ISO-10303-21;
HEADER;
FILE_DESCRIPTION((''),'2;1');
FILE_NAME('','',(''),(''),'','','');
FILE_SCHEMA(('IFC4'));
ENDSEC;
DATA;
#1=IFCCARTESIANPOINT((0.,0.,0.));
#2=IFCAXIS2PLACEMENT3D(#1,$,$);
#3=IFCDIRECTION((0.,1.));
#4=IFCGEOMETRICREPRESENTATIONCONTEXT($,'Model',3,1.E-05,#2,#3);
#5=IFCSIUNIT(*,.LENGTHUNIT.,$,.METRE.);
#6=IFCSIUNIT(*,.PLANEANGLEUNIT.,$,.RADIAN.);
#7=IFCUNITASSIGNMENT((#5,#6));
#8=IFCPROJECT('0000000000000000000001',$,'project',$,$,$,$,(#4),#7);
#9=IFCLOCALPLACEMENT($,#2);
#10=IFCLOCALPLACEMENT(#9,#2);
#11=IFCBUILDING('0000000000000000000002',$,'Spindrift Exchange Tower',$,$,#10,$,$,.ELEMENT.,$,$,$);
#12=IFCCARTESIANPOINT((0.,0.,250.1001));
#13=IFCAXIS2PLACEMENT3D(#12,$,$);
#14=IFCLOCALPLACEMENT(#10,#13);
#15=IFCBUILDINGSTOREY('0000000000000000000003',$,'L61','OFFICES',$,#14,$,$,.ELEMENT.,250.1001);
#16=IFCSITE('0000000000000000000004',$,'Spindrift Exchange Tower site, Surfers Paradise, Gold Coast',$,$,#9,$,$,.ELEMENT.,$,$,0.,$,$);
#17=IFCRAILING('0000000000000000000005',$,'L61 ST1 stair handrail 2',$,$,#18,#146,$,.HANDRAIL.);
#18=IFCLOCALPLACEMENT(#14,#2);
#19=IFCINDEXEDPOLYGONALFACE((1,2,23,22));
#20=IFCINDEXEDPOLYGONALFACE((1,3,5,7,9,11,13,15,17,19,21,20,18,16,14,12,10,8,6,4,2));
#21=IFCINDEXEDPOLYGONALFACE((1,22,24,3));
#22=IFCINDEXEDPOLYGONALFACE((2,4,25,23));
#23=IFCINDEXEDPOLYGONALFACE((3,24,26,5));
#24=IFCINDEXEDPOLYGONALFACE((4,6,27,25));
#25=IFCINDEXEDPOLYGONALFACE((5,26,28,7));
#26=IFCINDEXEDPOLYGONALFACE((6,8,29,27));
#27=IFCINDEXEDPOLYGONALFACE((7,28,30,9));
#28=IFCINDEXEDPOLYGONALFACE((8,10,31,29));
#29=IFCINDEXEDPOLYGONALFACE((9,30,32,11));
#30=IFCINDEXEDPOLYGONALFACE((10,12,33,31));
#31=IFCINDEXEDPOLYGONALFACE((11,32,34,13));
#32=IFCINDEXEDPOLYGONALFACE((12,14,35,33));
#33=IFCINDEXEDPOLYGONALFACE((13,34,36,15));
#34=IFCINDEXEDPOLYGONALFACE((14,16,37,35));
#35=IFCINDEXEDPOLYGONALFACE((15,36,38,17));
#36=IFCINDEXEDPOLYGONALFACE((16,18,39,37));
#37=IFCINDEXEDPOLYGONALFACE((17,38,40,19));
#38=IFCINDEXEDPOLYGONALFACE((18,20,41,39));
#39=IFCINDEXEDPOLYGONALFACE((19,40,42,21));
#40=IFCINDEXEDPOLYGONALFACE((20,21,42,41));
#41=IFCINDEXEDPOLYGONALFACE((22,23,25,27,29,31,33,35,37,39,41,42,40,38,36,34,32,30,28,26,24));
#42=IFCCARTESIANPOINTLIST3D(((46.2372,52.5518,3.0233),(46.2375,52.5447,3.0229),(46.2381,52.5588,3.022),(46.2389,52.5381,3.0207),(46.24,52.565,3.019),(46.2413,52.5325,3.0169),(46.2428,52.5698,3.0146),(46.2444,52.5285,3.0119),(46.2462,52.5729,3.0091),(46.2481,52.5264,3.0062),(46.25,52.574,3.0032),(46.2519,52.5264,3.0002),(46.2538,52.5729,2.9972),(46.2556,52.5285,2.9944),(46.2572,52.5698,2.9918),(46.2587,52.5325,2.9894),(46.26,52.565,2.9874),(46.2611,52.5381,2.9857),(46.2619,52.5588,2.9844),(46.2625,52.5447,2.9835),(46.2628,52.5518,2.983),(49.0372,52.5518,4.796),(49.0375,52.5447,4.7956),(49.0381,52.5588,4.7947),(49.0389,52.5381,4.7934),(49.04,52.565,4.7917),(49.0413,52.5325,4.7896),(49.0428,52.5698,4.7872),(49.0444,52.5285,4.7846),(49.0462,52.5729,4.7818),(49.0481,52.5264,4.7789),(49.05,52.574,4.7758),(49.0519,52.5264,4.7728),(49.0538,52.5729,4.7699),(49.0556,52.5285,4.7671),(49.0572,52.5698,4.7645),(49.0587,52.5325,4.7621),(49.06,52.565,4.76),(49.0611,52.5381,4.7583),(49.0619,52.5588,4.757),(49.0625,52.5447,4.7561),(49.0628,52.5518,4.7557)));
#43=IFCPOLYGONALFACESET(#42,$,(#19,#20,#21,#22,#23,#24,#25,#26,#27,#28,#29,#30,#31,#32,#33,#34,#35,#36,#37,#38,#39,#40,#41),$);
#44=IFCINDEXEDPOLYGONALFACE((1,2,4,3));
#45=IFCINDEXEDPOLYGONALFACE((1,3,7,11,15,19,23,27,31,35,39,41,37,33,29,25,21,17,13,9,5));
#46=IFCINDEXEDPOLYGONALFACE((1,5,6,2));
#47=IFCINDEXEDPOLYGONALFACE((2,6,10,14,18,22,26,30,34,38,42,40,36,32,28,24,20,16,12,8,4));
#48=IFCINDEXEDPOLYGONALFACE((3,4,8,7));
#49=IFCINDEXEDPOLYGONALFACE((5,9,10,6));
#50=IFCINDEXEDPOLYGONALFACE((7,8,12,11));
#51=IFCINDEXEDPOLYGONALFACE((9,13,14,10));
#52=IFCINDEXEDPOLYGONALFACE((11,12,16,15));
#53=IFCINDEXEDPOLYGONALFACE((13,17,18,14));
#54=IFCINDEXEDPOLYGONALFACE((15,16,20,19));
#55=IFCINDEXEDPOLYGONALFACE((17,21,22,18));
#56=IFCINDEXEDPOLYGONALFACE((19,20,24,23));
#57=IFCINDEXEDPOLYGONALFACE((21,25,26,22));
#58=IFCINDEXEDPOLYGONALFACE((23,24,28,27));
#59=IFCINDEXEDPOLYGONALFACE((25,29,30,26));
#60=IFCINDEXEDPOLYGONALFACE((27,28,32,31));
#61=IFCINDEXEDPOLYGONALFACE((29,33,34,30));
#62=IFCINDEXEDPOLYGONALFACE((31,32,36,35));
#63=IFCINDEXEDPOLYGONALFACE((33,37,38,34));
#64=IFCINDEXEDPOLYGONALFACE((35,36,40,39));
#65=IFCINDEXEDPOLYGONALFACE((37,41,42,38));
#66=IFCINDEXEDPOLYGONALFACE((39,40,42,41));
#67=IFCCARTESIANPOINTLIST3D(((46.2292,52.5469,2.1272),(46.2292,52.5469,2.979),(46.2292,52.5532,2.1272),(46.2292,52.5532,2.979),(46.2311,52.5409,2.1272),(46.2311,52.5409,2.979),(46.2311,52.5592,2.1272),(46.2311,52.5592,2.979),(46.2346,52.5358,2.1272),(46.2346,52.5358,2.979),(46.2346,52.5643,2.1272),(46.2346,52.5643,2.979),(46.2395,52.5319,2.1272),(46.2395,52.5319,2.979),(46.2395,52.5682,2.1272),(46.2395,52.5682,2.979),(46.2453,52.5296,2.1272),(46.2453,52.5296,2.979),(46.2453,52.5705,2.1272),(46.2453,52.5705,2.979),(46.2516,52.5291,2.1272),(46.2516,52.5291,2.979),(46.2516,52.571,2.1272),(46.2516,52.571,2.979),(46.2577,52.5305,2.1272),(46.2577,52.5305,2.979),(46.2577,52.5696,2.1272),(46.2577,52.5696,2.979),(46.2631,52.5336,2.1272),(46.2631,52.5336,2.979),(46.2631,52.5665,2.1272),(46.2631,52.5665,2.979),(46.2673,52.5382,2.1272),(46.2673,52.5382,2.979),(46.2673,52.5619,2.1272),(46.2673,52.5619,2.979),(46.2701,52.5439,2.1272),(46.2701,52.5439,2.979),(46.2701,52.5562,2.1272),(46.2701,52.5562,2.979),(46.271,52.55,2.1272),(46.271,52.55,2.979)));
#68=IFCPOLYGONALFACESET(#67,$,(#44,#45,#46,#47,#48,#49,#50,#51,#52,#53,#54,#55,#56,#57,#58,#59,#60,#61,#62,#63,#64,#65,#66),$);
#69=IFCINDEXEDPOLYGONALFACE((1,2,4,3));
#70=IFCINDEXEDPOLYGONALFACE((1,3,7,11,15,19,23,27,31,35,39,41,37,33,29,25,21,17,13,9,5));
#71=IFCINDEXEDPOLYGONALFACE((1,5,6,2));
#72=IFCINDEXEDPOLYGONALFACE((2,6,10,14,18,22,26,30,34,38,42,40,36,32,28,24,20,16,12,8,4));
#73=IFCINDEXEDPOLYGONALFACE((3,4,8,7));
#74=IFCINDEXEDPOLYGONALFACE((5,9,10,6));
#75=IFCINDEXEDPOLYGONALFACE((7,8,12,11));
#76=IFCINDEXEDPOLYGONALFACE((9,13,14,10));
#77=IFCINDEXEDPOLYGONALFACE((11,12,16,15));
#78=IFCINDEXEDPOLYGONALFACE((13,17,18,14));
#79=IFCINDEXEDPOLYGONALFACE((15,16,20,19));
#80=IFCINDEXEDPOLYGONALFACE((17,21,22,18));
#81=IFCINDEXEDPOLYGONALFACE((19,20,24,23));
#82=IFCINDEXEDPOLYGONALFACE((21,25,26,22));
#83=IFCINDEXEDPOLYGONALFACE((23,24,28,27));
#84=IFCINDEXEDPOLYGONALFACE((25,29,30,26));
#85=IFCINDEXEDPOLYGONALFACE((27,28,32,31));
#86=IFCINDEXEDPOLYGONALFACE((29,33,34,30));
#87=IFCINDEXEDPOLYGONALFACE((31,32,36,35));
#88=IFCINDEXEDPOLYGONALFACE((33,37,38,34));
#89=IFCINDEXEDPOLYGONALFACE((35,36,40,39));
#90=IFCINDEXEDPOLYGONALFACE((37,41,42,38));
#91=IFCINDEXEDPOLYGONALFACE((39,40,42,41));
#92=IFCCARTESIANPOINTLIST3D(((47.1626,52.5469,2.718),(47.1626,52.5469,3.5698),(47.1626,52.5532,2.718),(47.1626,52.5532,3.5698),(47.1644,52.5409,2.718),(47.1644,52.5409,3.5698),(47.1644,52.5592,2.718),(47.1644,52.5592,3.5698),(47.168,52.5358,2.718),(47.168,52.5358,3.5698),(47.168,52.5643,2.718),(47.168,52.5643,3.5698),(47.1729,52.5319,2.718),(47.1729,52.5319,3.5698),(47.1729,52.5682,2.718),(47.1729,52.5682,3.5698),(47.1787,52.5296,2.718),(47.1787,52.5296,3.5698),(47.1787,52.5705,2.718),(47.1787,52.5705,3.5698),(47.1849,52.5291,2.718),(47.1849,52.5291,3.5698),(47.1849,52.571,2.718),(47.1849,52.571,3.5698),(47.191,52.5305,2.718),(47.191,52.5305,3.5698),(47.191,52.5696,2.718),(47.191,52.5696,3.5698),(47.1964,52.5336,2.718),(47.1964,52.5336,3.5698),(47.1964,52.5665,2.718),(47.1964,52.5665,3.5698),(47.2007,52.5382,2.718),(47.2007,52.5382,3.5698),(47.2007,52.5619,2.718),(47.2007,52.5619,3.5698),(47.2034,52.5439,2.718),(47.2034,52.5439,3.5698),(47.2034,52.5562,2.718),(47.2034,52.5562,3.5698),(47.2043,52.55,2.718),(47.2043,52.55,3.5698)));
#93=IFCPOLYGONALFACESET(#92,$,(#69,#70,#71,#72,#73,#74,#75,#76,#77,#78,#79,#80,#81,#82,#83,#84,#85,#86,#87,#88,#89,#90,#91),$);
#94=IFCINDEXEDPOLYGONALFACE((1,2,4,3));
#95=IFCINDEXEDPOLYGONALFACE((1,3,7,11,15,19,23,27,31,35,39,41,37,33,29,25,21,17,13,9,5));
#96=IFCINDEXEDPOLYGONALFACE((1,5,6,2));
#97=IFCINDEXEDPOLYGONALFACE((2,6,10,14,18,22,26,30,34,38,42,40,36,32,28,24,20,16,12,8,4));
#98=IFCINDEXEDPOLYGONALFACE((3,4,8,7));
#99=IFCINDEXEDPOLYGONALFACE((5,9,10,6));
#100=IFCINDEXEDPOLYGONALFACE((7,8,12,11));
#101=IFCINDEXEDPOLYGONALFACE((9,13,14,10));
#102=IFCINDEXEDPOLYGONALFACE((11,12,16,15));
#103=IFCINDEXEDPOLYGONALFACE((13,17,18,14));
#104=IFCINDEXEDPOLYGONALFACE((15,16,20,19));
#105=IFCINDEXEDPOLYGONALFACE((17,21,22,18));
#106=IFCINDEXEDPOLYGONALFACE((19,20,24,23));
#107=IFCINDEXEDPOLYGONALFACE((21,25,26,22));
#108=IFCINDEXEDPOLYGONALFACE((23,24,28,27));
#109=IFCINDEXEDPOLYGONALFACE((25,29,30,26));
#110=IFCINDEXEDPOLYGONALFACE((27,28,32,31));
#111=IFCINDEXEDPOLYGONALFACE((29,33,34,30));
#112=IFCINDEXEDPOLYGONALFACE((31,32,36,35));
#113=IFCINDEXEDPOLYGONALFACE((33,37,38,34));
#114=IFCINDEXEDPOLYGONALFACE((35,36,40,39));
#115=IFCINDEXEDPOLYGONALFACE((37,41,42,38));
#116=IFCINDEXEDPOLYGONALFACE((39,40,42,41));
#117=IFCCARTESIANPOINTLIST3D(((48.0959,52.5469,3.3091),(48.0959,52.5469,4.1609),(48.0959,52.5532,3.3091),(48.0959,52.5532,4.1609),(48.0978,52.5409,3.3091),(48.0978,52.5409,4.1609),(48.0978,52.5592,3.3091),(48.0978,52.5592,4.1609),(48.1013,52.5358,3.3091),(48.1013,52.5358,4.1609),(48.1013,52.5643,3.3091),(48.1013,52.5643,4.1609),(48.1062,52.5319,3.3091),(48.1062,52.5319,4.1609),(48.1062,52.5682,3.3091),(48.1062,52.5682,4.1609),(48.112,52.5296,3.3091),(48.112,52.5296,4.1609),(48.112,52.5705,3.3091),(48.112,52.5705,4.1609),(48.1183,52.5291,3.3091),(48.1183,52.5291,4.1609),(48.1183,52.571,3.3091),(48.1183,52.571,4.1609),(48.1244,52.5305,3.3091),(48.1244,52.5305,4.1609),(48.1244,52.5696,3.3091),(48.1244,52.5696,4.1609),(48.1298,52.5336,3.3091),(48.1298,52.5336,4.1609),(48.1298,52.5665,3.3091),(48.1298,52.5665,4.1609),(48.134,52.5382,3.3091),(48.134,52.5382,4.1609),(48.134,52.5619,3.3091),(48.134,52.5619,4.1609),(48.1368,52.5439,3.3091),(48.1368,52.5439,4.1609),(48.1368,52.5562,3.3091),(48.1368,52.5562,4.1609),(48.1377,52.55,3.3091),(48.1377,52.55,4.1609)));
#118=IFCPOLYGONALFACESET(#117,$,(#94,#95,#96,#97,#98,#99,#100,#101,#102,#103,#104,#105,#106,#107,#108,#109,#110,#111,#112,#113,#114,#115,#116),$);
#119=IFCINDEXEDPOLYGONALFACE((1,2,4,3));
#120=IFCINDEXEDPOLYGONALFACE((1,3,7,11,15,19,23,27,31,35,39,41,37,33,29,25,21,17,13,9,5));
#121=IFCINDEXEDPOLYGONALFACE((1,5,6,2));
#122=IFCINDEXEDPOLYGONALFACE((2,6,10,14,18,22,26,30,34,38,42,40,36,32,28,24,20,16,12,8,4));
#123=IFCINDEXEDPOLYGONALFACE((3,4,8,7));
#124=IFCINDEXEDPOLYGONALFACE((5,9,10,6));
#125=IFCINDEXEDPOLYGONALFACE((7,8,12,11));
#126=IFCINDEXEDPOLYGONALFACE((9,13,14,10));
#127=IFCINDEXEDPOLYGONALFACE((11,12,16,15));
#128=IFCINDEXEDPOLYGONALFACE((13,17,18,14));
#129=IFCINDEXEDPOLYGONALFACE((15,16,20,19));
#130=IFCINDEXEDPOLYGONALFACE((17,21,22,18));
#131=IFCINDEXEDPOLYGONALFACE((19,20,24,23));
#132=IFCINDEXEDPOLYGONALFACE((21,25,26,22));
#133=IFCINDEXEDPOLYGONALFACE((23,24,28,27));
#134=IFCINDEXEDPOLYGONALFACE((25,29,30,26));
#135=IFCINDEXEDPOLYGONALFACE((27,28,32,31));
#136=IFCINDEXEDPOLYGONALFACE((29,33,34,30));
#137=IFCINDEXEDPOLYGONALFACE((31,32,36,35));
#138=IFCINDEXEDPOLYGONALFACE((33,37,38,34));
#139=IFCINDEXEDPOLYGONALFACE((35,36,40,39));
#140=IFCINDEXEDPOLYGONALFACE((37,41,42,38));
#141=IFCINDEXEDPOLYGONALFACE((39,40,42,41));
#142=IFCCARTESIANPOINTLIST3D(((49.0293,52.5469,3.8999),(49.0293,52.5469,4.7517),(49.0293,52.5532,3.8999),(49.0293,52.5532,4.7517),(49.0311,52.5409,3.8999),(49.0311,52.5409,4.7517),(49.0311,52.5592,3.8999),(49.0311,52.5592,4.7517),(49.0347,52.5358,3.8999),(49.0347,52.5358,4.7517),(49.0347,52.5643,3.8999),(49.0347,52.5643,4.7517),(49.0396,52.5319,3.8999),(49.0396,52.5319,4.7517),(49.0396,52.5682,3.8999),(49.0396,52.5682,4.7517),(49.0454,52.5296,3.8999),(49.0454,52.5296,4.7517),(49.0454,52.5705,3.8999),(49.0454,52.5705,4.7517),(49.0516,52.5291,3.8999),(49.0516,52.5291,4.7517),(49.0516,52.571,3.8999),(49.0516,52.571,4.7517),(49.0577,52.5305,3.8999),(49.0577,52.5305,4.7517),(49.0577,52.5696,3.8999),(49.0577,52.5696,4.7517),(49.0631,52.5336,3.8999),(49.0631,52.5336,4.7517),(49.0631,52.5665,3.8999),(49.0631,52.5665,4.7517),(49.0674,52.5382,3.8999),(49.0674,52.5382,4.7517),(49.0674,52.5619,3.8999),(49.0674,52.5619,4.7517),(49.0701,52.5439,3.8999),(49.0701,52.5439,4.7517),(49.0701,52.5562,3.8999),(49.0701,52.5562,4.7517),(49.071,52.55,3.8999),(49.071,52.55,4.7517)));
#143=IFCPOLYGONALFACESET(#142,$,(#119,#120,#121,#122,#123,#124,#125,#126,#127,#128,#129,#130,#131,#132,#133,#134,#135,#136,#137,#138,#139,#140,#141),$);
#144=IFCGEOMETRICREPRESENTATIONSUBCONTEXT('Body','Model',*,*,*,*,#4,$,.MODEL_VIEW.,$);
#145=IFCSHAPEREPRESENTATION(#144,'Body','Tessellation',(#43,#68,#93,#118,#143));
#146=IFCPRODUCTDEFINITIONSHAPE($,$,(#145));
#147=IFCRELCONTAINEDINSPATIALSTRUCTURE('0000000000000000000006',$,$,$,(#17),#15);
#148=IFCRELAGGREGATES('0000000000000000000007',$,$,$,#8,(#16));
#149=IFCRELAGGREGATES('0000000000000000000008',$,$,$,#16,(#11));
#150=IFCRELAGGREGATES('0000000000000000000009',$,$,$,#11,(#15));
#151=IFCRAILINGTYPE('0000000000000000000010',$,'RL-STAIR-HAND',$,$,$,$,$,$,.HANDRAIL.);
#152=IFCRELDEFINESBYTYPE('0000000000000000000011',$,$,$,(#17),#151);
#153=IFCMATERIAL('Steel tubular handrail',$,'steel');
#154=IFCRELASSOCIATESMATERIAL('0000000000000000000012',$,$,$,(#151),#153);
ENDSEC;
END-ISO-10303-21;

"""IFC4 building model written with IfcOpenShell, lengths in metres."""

from ifc_helpers import new_model, si_unit, direction, frame, origin, origin_2d, place, context, subcontext, project, spatial, circle, extrude, material, type_object, element, save


model = new_model("IFC4")

# Units and contexts
model_context = context("Model", 3, precision=1e-05, world=origin(), true_north=direction((0.0, 1.0)))
body_context = subcontext(model_context, "Body", "Model", "MODEL_VIEW")
ifc_project = project(units=[si_unit("LENGTHUNIT", "METRE"), si_unit("PLANEANGLEUNIT", "RADIAN")], contexts=[model_context])

# Site, building, storey
site_placement = place(None, origin())
site = spatial("IfcSite", under=ifc_project, at=site_placement, Name="Spindrift Exchange Tower site, Surfers Paradise, Gold Coast", CompositionType="ELEMENT", RefElevation=0.0)
building_placement = place(site_placement, origin())
building = spatial("IfcBuilding", under=site, at=building_placement, Name="Spindrift Exchange Tower", CompositionType="ELEMENT")
storey_placement = place(building_placement, frame((0.0, 0.0, 250.1001)))
storey = spatial("IfcBuildingStorey", under=building, at=storey_placement, Name="L61", Description="OFFICES", CompositionType="ELEMENT", Elevation=250.1001)

# Railing
ifc_material_1 = material(Name="Steel tubular handrail", Category="steel")
railing_type_1 = type_object("IfcRailingType", Name="RL-STAIR-HAND", PredefinedType="HANDRAIL", material=ifc_material_1)
railing_1_placement = place(storey_placement, frame((46.25, 52.55, 2.1272)))
element("IfcRailing", 1, at=railing_1_placement, inside=storey, type_object=railing_type_1, Name="L61 ST1 stair handrail 2", PredefinedType="HANDRAIL", context=body_context, shape_type="SweptSolid", body=[
    extrude(circle(Radius=0.0239, at=origin_2d()), frame((0.0, 0.0, 0.876), z_axis=(0.844909, 0.0, 0.53491), x_axis=(0.0, 1.0, 0.0)), (0.0, 0.0, 1.0), 3.314),
    extrude(circle(Radius=0.021, at=origin_2d()), origin(), (0.0, 0.0, 1.0), 0.8518),
    extrude(circle(Radius=0.021, at=origin_2d()), frame((0.9333, 0.0, 0.5908)), (0.0, 0.0, 1.0), 0.8518),
    extrude(circle(Radius=0.021, at=origin_2d()), frame((1.8667, 0.0, 1.1819)), (0.0, 0.0, 1.0), 0.8518),
    extrude(circle(Radius=0.021, at=origin_2d()), frame((2.8, 0.0, 1.7727)), (0.0, 0.0, 1.0), 0.8518),
])

save(model, "model.ifc")
